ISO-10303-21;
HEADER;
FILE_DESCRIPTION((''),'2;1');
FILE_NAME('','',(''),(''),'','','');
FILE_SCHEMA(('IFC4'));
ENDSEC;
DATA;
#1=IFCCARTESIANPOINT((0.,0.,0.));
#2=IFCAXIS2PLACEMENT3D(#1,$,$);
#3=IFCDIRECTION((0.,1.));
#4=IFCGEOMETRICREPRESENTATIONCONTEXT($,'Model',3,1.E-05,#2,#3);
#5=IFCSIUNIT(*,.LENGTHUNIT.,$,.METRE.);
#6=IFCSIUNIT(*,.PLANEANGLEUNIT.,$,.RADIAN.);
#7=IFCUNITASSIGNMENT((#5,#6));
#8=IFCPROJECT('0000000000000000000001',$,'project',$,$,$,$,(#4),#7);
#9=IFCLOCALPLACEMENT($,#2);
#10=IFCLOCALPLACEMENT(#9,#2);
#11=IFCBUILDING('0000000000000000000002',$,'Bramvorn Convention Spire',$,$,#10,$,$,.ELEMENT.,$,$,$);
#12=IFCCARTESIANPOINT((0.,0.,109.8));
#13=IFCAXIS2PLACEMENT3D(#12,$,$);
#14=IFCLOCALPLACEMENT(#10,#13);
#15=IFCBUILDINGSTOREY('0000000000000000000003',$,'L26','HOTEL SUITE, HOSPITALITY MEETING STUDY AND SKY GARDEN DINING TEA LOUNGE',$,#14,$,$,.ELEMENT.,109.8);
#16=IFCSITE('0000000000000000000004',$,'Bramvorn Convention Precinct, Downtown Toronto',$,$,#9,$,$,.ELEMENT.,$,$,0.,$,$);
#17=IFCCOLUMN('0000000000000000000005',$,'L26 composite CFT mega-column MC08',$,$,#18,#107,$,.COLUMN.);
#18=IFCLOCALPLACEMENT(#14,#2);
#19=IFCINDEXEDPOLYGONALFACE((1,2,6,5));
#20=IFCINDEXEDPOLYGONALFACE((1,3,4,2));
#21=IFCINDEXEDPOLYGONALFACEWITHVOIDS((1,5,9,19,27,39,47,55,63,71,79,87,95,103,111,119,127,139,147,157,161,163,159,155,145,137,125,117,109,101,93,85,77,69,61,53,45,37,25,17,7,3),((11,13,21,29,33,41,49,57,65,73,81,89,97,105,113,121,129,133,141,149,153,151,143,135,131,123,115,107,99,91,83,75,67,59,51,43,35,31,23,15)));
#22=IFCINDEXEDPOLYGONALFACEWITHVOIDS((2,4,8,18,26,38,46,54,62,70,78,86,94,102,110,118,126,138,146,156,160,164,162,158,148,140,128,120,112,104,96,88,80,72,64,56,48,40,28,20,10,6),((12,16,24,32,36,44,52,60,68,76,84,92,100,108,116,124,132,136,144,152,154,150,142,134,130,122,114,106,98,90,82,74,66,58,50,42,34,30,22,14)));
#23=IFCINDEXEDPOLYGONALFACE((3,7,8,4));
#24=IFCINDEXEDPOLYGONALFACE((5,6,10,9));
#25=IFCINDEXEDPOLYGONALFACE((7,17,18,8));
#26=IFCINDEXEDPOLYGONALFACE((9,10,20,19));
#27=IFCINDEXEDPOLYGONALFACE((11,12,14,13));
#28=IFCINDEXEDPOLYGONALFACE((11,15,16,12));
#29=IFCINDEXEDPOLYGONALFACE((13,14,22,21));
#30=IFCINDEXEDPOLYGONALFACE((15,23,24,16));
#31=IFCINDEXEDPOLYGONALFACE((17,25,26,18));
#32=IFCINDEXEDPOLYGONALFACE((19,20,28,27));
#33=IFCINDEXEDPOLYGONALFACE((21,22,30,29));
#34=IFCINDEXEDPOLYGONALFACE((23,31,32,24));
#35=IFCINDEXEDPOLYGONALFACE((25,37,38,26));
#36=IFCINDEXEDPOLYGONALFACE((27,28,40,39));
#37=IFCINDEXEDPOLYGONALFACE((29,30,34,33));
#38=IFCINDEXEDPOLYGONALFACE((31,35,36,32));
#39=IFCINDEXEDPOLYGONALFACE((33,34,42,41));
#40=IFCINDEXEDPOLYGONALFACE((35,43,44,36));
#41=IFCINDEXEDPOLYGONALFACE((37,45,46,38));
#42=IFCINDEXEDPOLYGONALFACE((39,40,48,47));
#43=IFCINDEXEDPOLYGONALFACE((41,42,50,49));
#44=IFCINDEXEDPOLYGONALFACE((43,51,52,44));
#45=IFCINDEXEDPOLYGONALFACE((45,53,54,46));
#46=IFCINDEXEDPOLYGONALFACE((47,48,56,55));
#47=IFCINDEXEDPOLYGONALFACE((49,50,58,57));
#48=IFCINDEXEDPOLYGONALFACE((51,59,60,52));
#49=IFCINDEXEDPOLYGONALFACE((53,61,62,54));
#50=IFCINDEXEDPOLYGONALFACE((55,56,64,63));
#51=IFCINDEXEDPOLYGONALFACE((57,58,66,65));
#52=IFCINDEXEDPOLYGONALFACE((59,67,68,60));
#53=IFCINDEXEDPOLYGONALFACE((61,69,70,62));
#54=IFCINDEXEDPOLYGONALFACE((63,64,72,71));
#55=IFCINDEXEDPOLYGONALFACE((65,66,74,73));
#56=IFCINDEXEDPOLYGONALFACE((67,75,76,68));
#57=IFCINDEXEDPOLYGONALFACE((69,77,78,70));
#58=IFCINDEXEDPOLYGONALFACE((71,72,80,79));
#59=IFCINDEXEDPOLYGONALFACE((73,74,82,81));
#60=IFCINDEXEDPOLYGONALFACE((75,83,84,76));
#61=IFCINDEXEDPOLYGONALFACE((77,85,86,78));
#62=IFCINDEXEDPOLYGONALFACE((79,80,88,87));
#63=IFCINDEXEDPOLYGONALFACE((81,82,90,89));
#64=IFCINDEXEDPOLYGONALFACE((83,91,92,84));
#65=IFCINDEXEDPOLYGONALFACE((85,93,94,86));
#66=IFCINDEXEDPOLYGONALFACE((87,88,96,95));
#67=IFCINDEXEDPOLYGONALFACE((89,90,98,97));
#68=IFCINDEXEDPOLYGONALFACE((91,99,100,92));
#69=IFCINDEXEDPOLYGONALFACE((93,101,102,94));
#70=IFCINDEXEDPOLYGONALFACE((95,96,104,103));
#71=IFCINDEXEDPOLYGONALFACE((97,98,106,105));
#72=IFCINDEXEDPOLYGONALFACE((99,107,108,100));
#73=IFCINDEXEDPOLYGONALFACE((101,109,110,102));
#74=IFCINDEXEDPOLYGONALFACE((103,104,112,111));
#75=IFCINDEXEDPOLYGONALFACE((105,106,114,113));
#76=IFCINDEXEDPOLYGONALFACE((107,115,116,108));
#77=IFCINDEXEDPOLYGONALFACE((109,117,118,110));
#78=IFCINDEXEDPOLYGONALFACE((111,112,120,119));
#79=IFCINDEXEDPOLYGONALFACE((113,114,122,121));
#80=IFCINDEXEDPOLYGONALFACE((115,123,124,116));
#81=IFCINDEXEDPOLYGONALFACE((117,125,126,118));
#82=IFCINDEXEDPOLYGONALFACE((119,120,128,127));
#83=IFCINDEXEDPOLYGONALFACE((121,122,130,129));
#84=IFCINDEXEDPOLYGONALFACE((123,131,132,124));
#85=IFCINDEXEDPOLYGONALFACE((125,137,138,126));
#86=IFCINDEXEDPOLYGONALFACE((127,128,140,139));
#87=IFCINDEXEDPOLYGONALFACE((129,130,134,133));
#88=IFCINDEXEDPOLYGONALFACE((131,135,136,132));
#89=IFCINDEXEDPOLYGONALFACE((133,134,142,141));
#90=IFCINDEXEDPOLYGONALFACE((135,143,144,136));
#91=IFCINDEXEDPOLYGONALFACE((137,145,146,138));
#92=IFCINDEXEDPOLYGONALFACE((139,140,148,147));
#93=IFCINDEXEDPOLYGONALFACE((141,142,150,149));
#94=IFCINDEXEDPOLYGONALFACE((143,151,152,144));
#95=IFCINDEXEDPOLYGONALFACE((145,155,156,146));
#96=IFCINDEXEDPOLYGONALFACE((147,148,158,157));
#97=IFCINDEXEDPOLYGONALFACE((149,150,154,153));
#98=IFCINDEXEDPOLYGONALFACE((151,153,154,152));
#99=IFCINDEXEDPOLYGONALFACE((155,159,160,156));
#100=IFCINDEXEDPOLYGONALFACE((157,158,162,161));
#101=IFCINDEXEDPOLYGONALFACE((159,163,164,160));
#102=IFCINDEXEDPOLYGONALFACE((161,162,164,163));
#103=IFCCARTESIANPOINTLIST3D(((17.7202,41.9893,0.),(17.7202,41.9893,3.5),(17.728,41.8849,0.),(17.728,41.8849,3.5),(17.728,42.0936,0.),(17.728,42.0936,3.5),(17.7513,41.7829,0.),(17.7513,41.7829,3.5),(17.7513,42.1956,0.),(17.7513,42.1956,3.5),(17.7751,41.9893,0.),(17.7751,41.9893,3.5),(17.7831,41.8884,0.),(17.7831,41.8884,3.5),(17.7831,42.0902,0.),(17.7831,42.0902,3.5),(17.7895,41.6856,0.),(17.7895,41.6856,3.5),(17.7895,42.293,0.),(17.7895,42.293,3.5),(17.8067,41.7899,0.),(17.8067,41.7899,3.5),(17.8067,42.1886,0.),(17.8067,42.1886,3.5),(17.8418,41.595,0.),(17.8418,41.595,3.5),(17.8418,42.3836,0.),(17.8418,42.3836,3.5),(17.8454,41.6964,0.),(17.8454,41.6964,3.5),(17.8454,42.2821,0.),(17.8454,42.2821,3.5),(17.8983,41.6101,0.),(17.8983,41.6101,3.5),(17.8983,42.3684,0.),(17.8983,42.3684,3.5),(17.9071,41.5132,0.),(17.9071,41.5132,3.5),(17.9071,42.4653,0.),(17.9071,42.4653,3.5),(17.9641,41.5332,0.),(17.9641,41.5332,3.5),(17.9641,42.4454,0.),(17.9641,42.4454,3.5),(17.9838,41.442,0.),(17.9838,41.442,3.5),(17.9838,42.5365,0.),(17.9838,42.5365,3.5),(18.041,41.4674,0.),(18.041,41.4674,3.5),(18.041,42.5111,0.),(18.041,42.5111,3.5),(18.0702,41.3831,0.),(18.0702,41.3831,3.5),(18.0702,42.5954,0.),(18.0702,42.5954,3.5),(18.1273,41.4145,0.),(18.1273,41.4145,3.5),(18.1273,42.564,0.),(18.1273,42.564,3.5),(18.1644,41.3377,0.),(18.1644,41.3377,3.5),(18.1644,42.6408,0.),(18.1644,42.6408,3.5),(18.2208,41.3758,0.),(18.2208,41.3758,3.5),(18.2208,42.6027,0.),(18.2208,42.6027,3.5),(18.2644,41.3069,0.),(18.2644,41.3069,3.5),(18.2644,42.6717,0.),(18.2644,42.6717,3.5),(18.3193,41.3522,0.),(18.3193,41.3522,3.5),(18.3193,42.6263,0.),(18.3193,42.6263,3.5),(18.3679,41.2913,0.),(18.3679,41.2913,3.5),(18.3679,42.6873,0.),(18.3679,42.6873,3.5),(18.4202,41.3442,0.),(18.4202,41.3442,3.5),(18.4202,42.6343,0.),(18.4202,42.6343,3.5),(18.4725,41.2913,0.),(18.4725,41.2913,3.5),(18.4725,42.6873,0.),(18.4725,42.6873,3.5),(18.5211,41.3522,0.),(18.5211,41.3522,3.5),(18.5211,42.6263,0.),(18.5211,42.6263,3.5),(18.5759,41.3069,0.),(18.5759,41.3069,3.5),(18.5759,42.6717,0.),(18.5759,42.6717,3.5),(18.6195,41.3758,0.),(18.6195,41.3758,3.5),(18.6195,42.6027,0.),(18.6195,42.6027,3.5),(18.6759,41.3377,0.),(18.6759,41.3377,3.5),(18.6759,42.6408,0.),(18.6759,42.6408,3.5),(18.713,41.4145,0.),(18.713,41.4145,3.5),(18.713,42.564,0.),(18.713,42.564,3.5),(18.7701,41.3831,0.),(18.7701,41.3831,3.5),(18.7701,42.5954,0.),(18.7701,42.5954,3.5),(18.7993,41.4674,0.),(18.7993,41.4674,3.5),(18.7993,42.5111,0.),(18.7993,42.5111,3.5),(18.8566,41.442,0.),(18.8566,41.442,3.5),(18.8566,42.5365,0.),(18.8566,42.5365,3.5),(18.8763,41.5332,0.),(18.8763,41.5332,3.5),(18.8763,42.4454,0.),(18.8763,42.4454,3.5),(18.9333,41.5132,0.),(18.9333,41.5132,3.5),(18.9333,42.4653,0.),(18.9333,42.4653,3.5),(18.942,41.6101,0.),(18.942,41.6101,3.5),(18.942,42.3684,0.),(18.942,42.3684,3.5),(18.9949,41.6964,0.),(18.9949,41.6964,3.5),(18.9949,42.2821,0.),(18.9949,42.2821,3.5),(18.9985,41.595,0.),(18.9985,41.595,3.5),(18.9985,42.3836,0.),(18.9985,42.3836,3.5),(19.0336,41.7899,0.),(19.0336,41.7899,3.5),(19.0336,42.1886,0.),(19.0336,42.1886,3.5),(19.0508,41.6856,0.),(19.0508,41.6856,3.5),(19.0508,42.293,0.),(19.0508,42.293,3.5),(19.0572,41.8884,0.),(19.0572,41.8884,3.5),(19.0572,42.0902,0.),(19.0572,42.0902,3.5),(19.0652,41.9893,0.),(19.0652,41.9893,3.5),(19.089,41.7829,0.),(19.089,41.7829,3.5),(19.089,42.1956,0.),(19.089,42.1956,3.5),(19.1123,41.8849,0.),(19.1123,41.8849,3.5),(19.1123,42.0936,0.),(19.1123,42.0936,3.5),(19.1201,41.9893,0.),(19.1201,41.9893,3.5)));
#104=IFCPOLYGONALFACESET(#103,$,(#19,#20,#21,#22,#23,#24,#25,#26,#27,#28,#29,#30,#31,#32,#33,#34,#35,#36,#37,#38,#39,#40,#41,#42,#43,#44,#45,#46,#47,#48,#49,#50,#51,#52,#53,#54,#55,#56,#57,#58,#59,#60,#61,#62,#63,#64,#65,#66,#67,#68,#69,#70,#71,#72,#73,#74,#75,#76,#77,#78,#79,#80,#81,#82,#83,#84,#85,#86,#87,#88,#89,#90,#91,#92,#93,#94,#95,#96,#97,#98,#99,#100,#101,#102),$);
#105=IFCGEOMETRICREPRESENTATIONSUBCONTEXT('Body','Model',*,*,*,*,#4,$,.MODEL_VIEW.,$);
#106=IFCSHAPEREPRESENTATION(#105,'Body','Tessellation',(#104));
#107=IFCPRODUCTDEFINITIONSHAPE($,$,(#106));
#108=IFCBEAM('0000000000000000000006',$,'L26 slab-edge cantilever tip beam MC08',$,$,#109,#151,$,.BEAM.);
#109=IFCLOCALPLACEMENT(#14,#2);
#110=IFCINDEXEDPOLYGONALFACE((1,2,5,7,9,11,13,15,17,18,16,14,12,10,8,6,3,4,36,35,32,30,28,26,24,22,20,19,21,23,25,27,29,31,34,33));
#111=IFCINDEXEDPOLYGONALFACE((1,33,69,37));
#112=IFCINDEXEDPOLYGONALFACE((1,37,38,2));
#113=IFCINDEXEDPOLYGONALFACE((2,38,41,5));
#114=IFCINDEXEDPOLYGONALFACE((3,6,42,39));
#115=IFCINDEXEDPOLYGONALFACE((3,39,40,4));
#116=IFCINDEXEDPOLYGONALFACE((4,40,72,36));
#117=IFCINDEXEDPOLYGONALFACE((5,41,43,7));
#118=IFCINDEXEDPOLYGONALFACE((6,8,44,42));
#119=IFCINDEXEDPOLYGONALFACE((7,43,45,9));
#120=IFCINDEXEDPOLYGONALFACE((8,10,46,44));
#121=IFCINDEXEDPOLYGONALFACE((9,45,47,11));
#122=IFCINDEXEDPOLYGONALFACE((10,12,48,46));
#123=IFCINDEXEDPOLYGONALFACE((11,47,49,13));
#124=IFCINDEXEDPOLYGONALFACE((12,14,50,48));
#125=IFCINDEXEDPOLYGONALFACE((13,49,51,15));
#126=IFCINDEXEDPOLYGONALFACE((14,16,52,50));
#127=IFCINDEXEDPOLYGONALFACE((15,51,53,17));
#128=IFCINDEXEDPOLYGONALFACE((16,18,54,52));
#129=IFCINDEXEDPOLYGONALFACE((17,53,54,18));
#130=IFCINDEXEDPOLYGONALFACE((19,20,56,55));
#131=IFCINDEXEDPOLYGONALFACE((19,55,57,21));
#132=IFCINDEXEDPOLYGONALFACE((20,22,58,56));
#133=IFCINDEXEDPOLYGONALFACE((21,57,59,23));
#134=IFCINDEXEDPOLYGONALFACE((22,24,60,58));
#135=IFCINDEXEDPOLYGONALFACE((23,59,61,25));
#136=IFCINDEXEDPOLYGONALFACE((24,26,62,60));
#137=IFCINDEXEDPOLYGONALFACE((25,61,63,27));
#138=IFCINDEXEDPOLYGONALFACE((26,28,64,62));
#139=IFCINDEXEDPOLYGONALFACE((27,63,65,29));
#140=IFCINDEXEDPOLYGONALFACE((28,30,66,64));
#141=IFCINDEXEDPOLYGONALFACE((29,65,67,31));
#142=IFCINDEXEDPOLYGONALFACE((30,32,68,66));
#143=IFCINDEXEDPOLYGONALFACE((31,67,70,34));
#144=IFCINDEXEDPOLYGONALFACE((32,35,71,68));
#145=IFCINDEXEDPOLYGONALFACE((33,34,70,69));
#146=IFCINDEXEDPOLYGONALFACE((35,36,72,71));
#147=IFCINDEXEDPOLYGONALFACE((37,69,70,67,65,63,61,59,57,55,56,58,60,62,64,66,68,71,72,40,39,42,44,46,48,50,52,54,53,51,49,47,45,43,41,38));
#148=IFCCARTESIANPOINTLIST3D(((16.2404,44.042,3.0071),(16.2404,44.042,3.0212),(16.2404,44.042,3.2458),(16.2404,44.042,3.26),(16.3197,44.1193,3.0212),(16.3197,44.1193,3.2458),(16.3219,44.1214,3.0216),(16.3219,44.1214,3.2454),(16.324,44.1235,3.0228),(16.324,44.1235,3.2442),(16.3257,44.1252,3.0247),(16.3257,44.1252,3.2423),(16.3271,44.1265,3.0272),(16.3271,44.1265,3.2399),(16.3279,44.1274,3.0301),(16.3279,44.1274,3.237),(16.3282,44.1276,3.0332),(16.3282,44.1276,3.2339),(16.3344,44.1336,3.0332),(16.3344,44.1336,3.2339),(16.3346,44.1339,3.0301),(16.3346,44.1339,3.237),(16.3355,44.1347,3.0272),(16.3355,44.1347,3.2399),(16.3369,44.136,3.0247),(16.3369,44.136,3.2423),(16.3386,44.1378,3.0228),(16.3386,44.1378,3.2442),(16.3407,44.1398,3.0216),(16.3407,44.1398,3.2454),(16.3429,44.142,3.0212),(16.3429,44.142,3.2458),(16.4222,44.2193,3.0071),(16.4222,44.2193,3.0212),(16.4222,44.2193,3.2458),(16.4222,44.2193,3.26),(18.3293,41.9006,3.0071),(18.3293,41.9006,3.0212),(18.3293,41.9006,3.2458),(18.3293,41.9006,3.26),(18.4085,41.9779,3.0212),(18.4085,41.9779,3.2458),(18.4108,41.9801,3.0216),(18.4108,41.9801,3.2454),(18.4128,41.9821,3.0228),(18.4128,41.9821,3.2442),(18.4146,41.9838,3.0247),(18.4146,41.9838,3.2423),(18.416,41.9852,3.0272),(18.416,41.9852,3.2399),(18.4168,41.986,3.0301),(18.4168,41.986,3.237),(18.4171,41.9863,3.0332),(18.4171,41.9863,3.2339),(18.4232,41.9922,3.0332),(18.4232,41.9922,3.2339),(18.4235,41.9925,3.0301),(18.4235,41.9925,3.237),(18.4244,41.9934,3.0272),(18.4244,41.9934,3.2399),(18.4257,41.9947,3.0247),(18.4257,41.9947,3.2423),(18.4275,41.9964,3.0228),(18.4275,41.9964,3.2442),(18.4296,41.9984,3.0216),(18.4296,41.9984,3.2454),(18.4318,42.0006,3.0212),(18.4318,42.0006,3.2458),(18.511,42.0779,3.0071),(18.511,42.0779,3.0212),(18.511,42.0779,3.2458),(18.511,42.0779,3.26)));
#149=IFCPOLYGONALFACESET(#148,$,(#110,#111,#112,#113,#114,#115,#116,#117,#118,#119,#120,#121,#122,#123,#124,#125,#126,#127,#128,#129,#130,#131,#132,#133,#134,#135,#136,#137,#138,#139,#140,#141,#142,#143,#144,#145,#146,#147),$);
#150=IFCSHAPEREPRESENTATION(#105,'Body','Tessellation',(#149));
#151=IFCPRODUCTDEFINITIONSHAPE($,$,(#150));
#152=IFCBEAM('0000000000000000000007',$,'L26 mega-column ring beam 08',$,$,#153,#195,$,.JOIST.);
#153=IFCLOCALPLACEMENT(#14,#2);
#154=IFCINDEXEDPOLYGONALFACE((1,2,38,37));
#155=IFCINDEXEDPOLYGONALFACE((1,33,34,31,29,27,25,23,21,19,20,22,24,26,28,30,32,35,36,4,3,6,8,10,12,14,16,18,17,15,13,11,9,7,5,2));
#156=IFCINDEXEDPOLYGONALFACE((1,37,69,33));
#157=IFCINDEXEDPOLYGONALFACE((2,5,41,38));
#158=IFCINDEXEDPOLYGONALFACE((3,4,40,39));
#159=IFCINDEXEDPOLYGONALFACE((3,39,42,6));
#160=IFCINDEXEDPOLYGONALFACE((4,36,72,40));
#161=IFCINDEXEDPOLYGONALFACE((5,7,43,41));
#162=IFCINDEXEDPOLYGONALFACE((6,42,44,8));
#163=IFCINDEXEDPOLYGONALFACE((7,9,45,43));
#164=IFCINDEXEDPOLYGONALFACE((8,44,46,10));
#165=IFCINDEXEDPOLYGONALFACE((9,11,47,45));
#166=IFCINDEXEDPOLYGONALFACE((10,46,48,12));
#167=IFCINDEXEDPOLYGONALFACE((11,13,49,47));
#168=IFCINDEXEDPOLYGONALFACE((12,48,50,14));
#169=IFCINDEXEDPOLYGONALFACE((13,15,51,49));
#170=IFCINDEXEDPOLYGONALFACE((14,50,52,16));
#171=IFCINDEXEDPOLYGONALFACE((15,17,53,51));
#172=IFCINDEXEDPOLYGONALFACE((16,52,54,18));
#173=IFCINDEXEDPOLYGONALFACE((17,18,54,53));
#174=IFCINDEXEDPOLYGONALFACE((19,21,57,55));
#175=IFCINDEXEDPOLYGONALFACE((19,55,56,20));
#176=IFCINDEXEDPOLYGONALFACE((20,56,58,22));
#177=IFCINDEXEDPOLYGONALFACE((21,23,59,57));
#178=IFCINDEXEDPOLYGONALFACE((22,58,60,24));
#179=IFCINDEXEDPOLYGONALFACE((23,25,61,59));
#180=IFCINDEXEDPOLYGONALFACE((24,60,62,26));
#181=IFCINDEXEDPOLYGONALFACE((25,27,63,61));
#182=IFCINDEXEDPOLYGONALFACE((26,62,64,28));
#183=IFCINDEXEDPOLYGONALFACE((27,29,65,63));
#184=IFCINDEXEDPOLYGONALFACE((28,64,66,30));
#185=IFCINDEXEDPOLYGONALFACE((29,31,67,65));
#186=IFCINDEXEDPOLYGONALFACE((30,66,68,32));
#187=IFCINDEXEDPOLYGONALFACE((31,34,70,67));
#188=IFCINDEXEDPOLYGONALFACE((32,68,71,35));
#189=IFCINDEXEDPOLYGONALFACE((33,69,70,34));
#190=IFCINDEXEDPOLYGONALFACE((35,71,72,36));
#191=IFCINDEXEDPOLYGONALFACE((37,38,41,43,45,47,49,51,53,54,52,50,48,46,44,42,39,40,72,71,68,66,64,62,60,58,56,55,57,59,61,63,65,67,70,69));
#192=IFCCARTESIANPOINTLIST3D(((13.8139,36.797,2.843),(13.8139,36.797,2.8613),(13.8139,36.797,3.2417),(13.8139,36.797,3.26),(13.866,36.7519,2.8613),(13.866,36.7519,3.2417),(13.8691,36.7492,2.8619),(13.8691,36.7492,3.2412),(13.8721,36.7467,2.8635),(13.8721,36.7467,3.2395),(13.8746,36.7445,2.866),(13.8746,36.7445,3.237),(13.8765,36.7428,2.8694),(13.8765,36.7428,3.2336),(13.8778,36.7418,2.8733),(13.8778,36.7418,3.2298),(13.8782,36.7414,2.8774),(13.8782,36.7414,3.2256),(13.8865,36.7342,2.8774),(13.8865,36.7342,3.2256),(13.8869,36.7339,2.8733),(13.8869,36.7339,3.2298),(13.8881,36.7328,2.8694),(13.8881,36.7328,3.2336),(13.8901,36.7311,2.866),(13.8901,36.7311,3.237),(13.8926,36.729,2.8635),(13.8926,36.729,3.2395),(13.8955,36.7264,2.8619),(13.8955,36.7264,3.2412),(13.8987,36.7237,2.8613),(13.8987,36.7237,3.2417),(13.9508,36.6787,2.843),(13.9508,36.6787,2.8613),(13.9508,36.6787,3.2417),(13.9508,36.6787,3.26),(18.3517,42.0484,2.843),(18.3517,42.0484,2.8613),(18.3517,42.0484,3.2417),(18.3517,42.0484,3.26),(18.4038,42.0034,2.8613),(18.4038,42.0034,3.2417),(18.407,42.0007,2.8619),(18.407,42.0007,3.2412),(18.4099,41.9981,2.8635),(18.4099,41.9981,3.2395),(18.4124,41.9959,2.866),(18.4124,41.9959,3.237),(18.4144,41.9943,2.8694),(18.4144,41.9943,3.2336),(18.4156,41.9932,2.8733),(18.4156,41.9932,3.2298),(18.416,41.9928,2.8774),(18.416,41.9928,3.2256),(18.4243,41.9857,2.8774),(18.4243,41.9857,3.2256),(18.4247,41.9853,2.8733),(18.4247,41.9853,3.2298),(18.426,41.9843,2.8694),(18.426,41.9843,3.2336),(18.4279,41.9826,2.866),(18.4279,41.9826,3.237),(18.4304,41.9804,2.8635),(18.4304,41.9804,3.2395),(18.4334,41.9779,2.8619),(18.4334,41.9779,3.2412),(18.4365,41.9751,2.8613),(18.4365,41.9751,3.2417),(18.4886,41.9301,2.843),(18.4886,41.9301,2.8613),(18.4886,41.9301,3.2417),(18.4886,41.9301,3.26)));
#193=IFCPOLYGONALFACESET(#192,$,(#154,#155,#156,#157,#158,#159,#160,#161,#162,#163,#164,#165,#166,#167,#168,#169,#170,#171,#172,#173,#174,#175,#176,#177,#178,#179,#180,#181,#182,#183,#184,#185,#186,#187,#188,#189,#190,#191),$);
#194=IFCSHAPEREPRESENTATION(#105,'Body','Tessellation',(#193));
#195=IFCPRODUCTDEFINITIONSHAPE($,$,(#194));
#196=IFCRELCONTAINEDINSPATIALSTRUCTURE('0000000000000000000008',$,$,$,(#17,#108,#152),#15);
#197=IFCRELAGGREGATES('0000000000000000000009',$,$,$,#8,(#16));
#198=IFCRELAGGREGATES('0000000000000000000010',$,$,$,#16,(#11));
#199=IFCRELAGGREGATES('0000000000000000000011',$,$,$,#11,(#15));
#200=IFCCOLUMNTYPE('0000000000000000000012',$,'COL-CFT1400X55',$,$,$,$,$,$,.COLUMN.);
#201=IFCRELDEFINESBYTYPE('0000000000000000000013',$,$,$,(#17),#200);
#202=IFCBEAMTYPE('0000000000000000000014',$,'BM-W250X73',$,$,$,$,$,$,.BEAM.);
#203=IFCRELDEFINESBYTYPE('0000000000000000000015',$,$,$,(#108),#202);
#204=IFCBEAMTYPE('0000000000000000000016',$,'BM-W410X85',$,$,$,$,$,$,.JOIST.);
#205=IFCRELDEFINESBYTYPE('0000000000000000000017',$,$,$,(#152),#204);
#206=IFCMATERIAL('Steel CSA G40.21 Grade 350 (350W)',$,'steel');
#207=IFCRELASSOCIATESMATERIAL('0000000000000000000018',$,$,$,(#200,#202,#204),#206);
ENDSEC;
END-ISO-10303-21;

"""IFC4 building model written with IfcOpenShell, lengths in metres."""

from ifc_helpers import new_model, si_unit, direction, frame, origin, origin_2d, place, context, subcontext, project, spatial, hollow_circle, i_section, extrude, material, material_profile, profile_set, type_object, element, save


model = new_model("IFC4")

# Units and contexts
model_context = context("Model", 3, precision=1e-05, world=origin(), true_north=direction((0.0, 1.0)))
body_context = subcontext(model_context, "Body", "Model", "MODEL_VIEW")
ifc_project = project(units=[si_unit("LENGTHUNIT", "METRE"), si_unit("PLANEANGLEUNIT", "RADIAN")], contexts=[model_context])

# Site, building, storey
site_placement = place(None, origin())
site = spatial("IfcSite", under=ifc_project, at=site_placement, Name="Bramvorn Convention Precinct, Downtown Toronto", CompositionType="ELEMENT", RefElevation=0.0)
building_placement = place(site_placement, origin())
building = spatial("IfcBuilding", under=site, at=building_placement, Name="Bramvorn Convention Spire", CompositionType="ELEMENT")
storey_placement = place(building_placement, frame((0.0, 0.0, 109.8)))
storey = spatial("IfcBuildingStorey", under=building, at=storey_placement, Name="L26", Description="HOTEL SUITE, HOSPITALITY MEETING STUDY AND SKY GARDEN DINING TEA LOUNGE", CompositionType="ELEMENT", Elevation=109.8)

# Column
ifc_material_1 = material(Name="Steel CSA G40.21 Grade 350 (350W)", Category="steel")
ifc_material_profile_1 = material_profile(ifc_material_1, hollow_circle(Radius=0.7, WallThickness=0.0549, at=origin_2d()))
ifc_profile_set_1 = profile_set([ifc_material_profile_1], Name="Steel CSA G40.21 Grade 350 (350W) - CFT1400X55")
column_type = type_object("IfcColumnType", Name="COL-CFT1400X55", PredefinedType="COLUMN", material=ifc_profile_set_1)
column_placement = place(storey_placement, frame((18.4202, 41.9893, 0.0), z_axis=(0.0, 0.0, 1.0), x_axis=(1.0, 0.0, 0.0)))
element("IfcColumn", 1, at=column_placement, inside=storey, type_object=column_type, Name="L26 composite CFT mega-column MC08", PredefinedType="COLUMN", context=body_context, shape_type="SweptSolid", body=[
    extrude(hollow_circle(Radius=0.7, WallThickness=0.0549, at=origin_2d()), origin(), (0.0, 0.0, 1.0), 3.5),
])

# Beams
ifc_material_profile_2 = material_profile(ifc_material_1, i_section(OverallWidth=0.2539, OverallDepth=0.2529, WebThickness=0.0085, FlangeThickness=0.0142, FilletRadius=0.012, at=origin_2d()))
ifc_profile_set_2 = profile_set([ifc_material_profile_2], Name="Steel CSA G40.21 Grade 350 (350W) - W250X73")
beam_type_1 = type_object("IfcBeamType", Name="BM-W250X73", PredefinedType="BEAM", material=ifc_profile_set_2)
beam_1_placement = place(storey_placement, frame((18.4202, 41.9893, 3.1335), z_axis=(-0.698279, 0.715826, 0.0), x_axis=(-0.715826, -0.698279, 0.0)))
element("IfcBeam", 2, at=beam_1_placement, inside=storey, type_object=beam_type_1, Name="L26 slab-edge cantilever tip beam MC08", PredefinedType="BEAM", context=body_context, shape_type="SweptSolid", body=[
    extrude(i_section(OverallWidth=0.2539, OverallDepth=0.2529, WebThickness=0.0085, FlangeThickness=0.0142, FilletRadius=0.012, at=origin_2d()), origin(), (0.0, 0.0, 1.0), 2.9915),
])
ifc_material_profile_3 = material_profile(ifc_material_1, i_section(OverallWidth=0.1809, OverallDepth=0.417, WebThickness=0.011, FlangeThickness=0.0183, FilletRadius=0.0161, at=origin_2d()))
ifc_profile_set_3 = profile_set([ifc_material_profile_3], Name="Steel CSA G40.21 Grade 350 (350W) - W410X85")
beam_type_2 = type_object("IfcBeamType", Name="BM-W410X85", PredefinedType="JOIST", material=ifc_profile_set_3)
beam_2_placement = place(storey_placement, frame((18.4202, 41.9893, 3.0515), z_axis=(-0.653825, -0.756646, 0.0), x_axis=(0.756646, -0.653825, 0.0)))
element("IfcBeam", 3, at=beam_2_placement, inside=storey, type_object=beam_type_2, Name="L26 mega-column ring beam 08", PredefinedType="JOIST", context=body_context, shape_type="SweptSolid", body=[
    extrude(i_section(OverallWidth=0.1809, OverallDepth=0.417, WebThickness=0.011, FlangeThickness=0.0183, FilletRadius=0.0161, at=origin_2d()), origin(), (0.0, 0.0, 1.0), 6.9404),
])

save(model, "model.ifc")
